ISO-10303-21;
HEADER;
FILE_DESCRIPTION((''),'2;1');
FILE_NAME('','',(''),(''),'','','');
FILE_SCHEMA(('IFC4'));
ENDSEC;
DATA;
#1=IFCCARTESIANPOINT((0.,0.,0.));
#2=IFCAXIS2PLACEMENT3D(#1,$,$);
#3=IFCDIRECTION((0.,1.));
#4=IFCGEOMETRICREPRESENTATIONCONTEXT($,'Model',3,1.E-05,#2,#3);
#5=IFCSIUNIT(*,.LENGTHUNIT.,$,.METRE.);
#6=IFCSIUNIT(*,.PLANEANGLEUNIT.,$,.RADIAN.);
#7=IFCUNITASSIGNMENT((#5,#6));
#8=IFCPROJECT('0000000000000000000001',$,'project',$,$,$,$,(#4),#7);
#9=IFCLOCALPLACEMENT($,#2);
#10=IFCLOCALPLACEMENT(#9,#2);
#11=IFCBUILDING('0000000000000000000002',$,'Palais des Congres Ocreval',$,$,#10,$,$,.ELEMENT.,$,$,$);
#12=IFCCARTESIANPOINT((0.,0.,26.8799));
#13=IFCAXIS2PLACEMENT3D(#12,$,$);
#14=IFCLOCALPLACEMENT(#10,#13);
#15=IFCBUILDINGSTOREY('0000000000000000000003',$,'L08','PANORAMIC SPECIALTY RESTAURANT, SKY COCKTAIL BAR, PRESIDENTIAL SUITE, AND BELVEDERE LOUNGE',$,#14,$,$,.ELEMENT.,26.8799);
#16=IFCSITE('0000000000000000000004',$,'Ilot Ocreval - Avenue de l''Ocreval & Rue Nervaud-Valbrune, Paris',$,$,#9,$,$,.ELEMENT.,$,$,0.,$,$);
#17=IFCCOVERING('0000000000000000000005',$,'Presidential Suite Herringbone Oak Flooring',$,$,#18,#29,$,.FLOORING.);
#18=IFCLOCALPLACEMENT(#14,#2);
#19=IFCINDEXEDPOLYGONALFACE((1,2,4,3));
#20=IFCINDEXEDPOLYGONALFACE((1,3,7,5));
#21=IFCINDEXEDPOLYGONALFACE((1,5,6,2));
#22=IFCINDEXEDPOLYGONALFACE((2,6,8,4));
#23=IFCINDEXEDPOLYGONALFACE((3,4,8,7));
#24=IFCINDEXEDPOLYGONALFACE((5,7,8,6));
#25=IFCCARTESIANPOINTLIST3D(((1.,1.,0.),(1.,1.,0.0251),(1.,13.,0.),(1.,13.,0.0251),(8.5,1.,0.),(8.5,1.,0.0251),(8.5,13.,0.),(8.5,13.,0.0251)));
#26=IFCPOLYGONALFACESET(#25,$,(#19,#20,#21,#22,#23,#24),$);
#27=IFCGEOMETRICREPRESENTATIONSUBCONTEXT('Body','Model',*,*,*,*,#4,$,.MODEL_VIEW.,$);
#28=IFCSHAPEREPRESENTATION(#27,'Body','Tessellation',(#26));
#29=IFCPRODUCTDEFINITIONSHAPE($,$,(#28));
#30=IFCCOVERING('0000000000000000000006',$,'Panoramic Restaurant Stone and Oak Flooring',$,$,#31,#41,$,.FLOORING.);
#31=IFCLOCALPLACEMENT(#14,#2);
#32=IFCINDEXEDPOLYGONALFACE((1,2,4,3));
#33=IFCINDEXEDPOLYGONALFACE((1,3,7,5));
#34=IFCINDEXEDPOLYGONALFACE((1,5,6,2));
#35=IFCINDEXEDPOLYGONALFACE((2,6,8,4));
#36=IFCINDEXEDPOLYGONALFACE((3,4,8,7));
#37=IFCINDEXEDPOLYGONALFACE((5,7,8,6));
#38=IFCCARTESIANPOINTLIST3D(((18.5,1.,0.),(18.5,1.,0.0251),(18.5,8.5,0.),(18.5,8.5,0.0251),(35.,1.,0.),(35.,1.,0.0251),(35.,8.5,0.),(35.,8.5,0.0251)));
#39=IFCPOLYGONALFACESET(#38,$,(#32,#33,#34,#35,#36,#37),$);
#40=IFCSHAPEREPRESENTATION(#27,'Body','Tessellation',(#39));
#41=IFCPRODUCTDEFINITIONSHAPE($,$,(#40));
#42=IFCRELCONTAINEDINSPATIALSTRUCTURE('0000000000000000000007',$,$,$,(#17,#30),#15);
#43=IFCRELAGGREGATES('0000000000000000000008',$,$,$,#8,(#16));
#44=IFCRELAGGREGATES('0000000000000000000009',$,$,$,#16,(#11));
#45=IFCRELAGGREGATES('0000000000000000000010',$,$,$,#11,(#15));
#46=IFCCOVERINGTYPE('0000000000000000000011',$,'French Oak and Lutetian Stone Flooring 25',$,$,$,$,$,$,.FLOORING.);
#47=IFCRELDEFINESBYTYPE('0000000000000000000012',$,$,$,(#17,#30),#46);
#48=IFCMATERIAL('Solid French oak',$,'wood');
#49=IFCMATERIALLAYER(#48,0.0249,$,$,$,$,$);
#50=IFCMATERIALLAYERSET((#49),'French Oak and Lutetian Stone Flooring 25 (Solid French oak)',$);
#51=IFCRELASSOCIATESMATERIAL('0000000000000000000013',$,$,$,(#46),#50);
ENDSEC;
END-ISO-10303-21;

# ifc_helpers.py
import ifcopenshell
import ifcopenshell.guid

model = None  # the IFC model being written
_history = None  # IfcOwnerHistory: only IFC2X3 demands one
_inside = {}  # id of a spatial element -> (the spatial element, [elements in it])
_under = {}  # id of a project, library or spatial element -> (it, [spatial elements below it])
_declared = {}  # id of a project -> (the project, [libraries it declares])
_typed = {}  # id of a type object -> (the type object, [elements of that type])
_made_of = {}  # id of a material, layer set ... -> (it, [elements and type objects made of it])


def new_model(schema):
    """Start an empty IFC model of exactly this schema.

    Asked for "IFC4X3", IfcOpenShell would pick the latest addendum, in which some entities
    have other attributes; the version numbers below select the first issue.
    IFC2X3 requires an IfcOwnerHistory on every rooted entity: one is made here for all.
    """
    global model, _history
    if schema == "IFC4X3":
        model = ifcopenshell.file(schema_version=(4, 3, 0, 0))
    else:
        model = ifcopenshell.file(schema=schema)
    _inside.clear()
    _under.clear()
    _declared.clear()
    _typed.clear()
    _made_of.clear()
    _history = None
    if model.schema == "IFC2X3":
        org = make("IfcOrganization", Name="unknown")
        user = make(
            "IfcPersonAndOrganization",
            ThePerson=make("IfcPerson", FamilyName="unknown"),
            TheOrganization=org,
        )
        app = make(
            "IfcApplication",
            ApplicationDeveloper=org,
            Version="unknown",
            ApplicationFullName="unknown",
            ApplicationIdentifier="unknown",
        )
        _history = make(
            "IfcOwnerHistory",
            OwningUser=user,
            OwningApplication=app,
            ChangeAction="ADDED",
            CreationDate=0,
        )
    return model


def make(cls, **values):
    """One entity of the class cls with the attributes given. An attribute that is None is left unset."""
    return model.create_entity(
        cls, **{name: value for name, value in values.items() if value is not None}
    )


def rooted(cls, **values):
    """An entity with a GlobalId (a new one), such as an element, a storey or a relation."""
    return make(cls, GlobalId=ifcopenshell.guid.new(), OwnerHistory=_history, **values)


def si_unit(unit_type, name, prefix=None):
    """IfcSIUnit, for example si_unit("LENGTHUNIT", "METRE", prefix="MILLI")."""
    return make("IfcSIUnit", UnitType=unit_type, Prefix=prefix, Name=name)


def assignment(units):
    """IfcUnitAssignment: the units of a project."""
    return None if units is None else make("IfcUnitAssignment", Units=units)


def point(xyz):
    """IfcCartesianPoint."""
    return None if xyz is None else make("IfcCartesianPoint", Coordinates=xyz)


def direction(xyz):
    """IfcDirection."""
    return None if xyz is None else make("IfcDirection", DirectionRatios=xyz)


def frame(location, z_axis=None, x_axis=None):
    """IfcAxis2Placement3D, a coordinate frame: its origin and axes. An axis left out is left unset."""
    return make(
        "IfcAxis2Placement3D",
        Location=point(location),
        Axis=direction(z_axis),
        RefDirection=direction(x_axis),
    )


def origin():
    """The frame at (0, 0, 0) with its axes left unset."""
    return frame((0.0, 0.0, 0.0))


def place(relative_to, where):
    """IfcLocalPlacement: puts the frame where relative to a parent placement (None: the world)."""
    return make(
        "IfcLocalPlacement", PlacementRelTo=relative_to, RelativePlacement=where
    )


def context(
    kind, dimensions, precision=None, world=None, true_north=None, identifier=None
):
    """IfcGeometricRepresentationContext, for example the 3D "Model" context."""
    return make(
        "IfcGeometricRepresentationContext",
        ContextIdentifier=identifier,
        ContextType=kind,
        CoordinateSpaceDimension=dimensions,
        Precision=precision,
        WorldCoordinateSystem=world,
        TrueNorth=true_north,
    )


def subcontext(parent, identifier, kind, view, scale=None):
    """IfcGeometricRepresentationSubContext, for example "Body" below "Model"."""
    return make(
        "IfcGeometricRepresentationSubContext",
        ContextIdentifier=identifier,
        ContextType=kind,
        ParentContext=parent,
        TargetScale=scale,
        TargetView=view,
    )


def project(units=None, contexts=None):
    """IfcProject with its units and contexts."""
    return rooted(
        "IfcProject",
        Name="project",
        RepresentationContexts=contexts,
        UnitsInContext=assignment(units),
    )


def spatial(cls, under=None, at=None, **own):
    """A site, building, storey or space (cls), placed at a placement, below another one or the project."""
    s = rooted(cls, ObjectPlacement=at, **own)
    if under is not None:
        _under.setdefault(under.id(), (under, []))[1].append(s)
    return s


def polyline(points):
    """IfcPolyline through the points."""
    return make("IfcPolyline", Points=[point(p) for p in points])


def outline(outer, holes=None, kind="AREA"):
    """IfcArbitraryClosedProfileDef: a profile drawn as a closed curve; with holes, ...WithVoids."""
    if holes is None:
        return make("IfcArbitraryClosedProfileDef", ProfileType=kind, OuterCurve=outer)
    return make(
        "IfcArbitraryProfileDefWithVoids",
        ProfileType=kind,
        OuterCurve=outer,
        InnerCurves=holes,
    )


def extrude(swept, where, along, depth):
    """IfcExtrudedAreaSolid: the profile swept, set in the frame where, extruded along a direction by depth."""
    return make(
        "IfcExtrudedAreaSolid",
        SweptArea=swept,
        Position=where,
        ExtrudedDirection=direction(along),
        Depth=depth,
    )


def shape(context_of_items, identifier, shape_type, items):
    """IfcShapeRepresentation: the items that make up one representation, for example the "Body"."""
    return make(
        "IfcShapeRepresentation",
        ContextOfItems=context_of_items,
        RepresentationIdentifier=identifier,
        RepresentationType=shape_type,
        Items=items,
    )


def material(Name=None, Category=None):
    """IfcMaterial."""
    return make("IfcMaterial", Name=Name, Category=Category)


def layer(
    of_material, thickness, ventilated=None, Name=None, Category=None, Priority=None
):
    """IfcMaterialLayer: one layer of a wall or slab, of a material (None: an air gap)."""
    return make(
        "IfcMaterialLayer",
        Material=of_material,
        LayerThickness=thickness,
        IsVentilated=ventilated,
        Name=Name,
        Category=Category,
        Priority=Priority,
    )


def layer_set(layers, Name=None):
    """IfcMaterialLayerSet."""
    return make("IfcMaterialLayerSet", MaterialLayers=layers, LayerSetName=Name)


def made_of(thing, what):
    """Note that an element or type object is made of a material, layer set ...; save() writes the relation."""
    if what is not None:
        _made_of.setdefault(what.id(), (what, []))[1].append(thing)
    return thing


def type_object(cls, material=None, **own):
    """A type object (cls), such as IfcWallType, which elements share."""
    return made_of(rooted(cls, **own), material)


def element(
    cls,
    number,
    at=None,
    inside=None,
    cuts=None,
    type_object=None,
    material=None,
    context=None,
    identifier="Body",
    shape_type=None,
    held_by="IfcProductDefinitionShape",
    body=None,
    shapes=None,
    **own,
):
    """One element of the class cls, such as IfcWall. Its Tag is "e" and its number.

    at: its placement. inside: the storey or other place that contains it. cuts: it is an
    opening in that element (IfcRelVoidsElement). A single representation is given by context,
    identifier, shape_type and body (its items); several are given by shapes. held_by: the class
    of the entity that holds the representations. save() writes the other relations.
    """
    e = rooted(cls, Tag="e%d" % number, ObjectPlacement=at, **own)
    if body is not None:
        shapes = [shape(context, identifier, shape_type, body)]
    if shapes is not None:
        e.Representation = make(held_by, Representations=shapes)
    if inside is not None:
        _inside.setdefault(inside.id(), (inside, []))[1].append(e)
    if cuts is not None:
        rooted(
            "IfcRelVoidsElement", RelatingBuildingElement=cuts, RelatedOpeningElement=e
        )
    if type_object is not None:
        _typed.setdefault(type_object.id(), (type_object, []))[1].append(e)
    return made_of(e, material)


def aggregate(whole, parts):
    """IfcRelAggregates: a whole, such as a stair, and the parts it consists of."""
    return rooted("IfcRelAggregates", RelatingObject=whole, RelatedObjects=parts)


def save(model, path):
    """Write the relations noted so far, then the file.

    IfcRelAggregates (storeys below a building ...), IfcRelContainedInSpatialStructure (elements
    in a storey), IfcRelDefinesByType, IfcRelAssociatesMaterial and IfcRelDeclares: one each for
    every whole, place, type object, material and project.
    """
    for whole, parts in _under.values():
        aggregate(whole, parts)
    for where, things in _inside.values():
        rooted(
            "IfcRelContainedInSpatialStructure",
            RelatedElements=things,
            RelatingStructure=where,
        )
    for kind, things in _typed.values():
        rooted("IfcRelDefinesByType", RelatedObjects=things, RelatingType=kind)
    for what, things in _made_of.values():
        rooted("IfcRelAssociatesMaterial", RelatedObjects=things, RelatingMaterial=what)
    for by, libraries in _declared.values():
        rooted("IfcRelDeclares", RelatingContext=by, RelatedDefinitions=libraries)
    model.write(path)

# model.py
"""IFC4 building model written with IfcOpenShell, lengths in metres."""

from ifc_helpers import new_model, si_unit, direction, frame, origin, place, context, subcontext, project, spatial, polyline, outline, extrude, material, layer, layer_set, type_object, element, save


model = new_model("IFC4")

# Units and contexts
model_context = context("Model", 3, precision=1e-05, world=origin(), true_north=direction((0.0, 1.0)))
body_context = subcontext(model_context, "Body", "Model", "MODEL_VIEW")
ifc_project = project(units=[si_unit("LENGTHUNIT", "METRE"), si_unit("PLANEANGLEUNIT", "RADIAN")], contexts=[model_context])

# Site, building, storey
site_placement = place(None, origin())
site = spatial("IfcSite", under=ifc_project, at=site_placement, Name="Ilot Ocreval - Avenue de l'Ocreval & Rue Nervaud-Valbrune, Paris", CompositionType="ELEMENT", RefElevation=0.0)
building_placement = place(site_placement, origin())
building = spatial("IfcBuilding", under=site, at=building_placement, Name="Palais des Congres Ocreval", CompositionType="ELEMENT")
storey_placement = place(building_placement, frame((0.0, 0.0, 26.8799)))
storey = spatial("IfcBuildingStorey", under=building, at=storey_placement, Name="L08", Description="PANORAMIC SPECIALTY RESTAURANT, SKY COCKTAIL BAR, PRESIDENTIAL SUITE, AND BELVEDERE LOUNGE", CompositionType="ELEMENT", Elevation=26.8799)

# Shared definitions
ifc_material_1 = material(Name="Solid French oak", Category="wood")

# Coverings
ifc_layer_1 = layer(ifc_material_1, 0.0249)
ifc_layer_set_1 = layer_set([ifc_layer_1], Name="French Oak and Lutetian Stone Flooring 25 (Solid French oak)")
covering_type = type_object("IfcCoveringType", Name="French Oak and Lutetian Stone Flooring 25", PredefinedType="FLOORING", material=ifc_layer_set_1)
covering_1_placement = place(storey_placement, origin())
element("IfcCovering", 1, at=covering_1_placement, inside=storey, type_object=covering_type, Name="Presidential Suite Herringbone Oak Flooring", PredefinedType="FLOORING", context=body_context, shape_type="SweptSolid", body=[
    extrude(outline(polyline([(1.0, 1.0), (8.5, 1.0), (8.5, 13.0), (1.0, 13.0), (1.0, 1.0)])), origin(), (0.0, 0.0, 1.0), 0.0251),
])
covering_2_placement = place(storey_placement, origin())
element("IfcCovering", 2, at=covering_2_placement, inside=storey, type_object=covering_type, Name="Panoramic Restaurant Stone and Oak Flooring", PredefinedType="FLOORING", context=body_context, shape_type="SweptSolid", body=[
    extrude(outline(polyline([(18.5, 1.0), (35.0, 1.0), (35.0, 8.5), (18.5, 8.5), (18.5, 1.0)])), origin(), (0.0, 0.0, 1.0), 0.0251),
])

save(model, "model.ifc")
